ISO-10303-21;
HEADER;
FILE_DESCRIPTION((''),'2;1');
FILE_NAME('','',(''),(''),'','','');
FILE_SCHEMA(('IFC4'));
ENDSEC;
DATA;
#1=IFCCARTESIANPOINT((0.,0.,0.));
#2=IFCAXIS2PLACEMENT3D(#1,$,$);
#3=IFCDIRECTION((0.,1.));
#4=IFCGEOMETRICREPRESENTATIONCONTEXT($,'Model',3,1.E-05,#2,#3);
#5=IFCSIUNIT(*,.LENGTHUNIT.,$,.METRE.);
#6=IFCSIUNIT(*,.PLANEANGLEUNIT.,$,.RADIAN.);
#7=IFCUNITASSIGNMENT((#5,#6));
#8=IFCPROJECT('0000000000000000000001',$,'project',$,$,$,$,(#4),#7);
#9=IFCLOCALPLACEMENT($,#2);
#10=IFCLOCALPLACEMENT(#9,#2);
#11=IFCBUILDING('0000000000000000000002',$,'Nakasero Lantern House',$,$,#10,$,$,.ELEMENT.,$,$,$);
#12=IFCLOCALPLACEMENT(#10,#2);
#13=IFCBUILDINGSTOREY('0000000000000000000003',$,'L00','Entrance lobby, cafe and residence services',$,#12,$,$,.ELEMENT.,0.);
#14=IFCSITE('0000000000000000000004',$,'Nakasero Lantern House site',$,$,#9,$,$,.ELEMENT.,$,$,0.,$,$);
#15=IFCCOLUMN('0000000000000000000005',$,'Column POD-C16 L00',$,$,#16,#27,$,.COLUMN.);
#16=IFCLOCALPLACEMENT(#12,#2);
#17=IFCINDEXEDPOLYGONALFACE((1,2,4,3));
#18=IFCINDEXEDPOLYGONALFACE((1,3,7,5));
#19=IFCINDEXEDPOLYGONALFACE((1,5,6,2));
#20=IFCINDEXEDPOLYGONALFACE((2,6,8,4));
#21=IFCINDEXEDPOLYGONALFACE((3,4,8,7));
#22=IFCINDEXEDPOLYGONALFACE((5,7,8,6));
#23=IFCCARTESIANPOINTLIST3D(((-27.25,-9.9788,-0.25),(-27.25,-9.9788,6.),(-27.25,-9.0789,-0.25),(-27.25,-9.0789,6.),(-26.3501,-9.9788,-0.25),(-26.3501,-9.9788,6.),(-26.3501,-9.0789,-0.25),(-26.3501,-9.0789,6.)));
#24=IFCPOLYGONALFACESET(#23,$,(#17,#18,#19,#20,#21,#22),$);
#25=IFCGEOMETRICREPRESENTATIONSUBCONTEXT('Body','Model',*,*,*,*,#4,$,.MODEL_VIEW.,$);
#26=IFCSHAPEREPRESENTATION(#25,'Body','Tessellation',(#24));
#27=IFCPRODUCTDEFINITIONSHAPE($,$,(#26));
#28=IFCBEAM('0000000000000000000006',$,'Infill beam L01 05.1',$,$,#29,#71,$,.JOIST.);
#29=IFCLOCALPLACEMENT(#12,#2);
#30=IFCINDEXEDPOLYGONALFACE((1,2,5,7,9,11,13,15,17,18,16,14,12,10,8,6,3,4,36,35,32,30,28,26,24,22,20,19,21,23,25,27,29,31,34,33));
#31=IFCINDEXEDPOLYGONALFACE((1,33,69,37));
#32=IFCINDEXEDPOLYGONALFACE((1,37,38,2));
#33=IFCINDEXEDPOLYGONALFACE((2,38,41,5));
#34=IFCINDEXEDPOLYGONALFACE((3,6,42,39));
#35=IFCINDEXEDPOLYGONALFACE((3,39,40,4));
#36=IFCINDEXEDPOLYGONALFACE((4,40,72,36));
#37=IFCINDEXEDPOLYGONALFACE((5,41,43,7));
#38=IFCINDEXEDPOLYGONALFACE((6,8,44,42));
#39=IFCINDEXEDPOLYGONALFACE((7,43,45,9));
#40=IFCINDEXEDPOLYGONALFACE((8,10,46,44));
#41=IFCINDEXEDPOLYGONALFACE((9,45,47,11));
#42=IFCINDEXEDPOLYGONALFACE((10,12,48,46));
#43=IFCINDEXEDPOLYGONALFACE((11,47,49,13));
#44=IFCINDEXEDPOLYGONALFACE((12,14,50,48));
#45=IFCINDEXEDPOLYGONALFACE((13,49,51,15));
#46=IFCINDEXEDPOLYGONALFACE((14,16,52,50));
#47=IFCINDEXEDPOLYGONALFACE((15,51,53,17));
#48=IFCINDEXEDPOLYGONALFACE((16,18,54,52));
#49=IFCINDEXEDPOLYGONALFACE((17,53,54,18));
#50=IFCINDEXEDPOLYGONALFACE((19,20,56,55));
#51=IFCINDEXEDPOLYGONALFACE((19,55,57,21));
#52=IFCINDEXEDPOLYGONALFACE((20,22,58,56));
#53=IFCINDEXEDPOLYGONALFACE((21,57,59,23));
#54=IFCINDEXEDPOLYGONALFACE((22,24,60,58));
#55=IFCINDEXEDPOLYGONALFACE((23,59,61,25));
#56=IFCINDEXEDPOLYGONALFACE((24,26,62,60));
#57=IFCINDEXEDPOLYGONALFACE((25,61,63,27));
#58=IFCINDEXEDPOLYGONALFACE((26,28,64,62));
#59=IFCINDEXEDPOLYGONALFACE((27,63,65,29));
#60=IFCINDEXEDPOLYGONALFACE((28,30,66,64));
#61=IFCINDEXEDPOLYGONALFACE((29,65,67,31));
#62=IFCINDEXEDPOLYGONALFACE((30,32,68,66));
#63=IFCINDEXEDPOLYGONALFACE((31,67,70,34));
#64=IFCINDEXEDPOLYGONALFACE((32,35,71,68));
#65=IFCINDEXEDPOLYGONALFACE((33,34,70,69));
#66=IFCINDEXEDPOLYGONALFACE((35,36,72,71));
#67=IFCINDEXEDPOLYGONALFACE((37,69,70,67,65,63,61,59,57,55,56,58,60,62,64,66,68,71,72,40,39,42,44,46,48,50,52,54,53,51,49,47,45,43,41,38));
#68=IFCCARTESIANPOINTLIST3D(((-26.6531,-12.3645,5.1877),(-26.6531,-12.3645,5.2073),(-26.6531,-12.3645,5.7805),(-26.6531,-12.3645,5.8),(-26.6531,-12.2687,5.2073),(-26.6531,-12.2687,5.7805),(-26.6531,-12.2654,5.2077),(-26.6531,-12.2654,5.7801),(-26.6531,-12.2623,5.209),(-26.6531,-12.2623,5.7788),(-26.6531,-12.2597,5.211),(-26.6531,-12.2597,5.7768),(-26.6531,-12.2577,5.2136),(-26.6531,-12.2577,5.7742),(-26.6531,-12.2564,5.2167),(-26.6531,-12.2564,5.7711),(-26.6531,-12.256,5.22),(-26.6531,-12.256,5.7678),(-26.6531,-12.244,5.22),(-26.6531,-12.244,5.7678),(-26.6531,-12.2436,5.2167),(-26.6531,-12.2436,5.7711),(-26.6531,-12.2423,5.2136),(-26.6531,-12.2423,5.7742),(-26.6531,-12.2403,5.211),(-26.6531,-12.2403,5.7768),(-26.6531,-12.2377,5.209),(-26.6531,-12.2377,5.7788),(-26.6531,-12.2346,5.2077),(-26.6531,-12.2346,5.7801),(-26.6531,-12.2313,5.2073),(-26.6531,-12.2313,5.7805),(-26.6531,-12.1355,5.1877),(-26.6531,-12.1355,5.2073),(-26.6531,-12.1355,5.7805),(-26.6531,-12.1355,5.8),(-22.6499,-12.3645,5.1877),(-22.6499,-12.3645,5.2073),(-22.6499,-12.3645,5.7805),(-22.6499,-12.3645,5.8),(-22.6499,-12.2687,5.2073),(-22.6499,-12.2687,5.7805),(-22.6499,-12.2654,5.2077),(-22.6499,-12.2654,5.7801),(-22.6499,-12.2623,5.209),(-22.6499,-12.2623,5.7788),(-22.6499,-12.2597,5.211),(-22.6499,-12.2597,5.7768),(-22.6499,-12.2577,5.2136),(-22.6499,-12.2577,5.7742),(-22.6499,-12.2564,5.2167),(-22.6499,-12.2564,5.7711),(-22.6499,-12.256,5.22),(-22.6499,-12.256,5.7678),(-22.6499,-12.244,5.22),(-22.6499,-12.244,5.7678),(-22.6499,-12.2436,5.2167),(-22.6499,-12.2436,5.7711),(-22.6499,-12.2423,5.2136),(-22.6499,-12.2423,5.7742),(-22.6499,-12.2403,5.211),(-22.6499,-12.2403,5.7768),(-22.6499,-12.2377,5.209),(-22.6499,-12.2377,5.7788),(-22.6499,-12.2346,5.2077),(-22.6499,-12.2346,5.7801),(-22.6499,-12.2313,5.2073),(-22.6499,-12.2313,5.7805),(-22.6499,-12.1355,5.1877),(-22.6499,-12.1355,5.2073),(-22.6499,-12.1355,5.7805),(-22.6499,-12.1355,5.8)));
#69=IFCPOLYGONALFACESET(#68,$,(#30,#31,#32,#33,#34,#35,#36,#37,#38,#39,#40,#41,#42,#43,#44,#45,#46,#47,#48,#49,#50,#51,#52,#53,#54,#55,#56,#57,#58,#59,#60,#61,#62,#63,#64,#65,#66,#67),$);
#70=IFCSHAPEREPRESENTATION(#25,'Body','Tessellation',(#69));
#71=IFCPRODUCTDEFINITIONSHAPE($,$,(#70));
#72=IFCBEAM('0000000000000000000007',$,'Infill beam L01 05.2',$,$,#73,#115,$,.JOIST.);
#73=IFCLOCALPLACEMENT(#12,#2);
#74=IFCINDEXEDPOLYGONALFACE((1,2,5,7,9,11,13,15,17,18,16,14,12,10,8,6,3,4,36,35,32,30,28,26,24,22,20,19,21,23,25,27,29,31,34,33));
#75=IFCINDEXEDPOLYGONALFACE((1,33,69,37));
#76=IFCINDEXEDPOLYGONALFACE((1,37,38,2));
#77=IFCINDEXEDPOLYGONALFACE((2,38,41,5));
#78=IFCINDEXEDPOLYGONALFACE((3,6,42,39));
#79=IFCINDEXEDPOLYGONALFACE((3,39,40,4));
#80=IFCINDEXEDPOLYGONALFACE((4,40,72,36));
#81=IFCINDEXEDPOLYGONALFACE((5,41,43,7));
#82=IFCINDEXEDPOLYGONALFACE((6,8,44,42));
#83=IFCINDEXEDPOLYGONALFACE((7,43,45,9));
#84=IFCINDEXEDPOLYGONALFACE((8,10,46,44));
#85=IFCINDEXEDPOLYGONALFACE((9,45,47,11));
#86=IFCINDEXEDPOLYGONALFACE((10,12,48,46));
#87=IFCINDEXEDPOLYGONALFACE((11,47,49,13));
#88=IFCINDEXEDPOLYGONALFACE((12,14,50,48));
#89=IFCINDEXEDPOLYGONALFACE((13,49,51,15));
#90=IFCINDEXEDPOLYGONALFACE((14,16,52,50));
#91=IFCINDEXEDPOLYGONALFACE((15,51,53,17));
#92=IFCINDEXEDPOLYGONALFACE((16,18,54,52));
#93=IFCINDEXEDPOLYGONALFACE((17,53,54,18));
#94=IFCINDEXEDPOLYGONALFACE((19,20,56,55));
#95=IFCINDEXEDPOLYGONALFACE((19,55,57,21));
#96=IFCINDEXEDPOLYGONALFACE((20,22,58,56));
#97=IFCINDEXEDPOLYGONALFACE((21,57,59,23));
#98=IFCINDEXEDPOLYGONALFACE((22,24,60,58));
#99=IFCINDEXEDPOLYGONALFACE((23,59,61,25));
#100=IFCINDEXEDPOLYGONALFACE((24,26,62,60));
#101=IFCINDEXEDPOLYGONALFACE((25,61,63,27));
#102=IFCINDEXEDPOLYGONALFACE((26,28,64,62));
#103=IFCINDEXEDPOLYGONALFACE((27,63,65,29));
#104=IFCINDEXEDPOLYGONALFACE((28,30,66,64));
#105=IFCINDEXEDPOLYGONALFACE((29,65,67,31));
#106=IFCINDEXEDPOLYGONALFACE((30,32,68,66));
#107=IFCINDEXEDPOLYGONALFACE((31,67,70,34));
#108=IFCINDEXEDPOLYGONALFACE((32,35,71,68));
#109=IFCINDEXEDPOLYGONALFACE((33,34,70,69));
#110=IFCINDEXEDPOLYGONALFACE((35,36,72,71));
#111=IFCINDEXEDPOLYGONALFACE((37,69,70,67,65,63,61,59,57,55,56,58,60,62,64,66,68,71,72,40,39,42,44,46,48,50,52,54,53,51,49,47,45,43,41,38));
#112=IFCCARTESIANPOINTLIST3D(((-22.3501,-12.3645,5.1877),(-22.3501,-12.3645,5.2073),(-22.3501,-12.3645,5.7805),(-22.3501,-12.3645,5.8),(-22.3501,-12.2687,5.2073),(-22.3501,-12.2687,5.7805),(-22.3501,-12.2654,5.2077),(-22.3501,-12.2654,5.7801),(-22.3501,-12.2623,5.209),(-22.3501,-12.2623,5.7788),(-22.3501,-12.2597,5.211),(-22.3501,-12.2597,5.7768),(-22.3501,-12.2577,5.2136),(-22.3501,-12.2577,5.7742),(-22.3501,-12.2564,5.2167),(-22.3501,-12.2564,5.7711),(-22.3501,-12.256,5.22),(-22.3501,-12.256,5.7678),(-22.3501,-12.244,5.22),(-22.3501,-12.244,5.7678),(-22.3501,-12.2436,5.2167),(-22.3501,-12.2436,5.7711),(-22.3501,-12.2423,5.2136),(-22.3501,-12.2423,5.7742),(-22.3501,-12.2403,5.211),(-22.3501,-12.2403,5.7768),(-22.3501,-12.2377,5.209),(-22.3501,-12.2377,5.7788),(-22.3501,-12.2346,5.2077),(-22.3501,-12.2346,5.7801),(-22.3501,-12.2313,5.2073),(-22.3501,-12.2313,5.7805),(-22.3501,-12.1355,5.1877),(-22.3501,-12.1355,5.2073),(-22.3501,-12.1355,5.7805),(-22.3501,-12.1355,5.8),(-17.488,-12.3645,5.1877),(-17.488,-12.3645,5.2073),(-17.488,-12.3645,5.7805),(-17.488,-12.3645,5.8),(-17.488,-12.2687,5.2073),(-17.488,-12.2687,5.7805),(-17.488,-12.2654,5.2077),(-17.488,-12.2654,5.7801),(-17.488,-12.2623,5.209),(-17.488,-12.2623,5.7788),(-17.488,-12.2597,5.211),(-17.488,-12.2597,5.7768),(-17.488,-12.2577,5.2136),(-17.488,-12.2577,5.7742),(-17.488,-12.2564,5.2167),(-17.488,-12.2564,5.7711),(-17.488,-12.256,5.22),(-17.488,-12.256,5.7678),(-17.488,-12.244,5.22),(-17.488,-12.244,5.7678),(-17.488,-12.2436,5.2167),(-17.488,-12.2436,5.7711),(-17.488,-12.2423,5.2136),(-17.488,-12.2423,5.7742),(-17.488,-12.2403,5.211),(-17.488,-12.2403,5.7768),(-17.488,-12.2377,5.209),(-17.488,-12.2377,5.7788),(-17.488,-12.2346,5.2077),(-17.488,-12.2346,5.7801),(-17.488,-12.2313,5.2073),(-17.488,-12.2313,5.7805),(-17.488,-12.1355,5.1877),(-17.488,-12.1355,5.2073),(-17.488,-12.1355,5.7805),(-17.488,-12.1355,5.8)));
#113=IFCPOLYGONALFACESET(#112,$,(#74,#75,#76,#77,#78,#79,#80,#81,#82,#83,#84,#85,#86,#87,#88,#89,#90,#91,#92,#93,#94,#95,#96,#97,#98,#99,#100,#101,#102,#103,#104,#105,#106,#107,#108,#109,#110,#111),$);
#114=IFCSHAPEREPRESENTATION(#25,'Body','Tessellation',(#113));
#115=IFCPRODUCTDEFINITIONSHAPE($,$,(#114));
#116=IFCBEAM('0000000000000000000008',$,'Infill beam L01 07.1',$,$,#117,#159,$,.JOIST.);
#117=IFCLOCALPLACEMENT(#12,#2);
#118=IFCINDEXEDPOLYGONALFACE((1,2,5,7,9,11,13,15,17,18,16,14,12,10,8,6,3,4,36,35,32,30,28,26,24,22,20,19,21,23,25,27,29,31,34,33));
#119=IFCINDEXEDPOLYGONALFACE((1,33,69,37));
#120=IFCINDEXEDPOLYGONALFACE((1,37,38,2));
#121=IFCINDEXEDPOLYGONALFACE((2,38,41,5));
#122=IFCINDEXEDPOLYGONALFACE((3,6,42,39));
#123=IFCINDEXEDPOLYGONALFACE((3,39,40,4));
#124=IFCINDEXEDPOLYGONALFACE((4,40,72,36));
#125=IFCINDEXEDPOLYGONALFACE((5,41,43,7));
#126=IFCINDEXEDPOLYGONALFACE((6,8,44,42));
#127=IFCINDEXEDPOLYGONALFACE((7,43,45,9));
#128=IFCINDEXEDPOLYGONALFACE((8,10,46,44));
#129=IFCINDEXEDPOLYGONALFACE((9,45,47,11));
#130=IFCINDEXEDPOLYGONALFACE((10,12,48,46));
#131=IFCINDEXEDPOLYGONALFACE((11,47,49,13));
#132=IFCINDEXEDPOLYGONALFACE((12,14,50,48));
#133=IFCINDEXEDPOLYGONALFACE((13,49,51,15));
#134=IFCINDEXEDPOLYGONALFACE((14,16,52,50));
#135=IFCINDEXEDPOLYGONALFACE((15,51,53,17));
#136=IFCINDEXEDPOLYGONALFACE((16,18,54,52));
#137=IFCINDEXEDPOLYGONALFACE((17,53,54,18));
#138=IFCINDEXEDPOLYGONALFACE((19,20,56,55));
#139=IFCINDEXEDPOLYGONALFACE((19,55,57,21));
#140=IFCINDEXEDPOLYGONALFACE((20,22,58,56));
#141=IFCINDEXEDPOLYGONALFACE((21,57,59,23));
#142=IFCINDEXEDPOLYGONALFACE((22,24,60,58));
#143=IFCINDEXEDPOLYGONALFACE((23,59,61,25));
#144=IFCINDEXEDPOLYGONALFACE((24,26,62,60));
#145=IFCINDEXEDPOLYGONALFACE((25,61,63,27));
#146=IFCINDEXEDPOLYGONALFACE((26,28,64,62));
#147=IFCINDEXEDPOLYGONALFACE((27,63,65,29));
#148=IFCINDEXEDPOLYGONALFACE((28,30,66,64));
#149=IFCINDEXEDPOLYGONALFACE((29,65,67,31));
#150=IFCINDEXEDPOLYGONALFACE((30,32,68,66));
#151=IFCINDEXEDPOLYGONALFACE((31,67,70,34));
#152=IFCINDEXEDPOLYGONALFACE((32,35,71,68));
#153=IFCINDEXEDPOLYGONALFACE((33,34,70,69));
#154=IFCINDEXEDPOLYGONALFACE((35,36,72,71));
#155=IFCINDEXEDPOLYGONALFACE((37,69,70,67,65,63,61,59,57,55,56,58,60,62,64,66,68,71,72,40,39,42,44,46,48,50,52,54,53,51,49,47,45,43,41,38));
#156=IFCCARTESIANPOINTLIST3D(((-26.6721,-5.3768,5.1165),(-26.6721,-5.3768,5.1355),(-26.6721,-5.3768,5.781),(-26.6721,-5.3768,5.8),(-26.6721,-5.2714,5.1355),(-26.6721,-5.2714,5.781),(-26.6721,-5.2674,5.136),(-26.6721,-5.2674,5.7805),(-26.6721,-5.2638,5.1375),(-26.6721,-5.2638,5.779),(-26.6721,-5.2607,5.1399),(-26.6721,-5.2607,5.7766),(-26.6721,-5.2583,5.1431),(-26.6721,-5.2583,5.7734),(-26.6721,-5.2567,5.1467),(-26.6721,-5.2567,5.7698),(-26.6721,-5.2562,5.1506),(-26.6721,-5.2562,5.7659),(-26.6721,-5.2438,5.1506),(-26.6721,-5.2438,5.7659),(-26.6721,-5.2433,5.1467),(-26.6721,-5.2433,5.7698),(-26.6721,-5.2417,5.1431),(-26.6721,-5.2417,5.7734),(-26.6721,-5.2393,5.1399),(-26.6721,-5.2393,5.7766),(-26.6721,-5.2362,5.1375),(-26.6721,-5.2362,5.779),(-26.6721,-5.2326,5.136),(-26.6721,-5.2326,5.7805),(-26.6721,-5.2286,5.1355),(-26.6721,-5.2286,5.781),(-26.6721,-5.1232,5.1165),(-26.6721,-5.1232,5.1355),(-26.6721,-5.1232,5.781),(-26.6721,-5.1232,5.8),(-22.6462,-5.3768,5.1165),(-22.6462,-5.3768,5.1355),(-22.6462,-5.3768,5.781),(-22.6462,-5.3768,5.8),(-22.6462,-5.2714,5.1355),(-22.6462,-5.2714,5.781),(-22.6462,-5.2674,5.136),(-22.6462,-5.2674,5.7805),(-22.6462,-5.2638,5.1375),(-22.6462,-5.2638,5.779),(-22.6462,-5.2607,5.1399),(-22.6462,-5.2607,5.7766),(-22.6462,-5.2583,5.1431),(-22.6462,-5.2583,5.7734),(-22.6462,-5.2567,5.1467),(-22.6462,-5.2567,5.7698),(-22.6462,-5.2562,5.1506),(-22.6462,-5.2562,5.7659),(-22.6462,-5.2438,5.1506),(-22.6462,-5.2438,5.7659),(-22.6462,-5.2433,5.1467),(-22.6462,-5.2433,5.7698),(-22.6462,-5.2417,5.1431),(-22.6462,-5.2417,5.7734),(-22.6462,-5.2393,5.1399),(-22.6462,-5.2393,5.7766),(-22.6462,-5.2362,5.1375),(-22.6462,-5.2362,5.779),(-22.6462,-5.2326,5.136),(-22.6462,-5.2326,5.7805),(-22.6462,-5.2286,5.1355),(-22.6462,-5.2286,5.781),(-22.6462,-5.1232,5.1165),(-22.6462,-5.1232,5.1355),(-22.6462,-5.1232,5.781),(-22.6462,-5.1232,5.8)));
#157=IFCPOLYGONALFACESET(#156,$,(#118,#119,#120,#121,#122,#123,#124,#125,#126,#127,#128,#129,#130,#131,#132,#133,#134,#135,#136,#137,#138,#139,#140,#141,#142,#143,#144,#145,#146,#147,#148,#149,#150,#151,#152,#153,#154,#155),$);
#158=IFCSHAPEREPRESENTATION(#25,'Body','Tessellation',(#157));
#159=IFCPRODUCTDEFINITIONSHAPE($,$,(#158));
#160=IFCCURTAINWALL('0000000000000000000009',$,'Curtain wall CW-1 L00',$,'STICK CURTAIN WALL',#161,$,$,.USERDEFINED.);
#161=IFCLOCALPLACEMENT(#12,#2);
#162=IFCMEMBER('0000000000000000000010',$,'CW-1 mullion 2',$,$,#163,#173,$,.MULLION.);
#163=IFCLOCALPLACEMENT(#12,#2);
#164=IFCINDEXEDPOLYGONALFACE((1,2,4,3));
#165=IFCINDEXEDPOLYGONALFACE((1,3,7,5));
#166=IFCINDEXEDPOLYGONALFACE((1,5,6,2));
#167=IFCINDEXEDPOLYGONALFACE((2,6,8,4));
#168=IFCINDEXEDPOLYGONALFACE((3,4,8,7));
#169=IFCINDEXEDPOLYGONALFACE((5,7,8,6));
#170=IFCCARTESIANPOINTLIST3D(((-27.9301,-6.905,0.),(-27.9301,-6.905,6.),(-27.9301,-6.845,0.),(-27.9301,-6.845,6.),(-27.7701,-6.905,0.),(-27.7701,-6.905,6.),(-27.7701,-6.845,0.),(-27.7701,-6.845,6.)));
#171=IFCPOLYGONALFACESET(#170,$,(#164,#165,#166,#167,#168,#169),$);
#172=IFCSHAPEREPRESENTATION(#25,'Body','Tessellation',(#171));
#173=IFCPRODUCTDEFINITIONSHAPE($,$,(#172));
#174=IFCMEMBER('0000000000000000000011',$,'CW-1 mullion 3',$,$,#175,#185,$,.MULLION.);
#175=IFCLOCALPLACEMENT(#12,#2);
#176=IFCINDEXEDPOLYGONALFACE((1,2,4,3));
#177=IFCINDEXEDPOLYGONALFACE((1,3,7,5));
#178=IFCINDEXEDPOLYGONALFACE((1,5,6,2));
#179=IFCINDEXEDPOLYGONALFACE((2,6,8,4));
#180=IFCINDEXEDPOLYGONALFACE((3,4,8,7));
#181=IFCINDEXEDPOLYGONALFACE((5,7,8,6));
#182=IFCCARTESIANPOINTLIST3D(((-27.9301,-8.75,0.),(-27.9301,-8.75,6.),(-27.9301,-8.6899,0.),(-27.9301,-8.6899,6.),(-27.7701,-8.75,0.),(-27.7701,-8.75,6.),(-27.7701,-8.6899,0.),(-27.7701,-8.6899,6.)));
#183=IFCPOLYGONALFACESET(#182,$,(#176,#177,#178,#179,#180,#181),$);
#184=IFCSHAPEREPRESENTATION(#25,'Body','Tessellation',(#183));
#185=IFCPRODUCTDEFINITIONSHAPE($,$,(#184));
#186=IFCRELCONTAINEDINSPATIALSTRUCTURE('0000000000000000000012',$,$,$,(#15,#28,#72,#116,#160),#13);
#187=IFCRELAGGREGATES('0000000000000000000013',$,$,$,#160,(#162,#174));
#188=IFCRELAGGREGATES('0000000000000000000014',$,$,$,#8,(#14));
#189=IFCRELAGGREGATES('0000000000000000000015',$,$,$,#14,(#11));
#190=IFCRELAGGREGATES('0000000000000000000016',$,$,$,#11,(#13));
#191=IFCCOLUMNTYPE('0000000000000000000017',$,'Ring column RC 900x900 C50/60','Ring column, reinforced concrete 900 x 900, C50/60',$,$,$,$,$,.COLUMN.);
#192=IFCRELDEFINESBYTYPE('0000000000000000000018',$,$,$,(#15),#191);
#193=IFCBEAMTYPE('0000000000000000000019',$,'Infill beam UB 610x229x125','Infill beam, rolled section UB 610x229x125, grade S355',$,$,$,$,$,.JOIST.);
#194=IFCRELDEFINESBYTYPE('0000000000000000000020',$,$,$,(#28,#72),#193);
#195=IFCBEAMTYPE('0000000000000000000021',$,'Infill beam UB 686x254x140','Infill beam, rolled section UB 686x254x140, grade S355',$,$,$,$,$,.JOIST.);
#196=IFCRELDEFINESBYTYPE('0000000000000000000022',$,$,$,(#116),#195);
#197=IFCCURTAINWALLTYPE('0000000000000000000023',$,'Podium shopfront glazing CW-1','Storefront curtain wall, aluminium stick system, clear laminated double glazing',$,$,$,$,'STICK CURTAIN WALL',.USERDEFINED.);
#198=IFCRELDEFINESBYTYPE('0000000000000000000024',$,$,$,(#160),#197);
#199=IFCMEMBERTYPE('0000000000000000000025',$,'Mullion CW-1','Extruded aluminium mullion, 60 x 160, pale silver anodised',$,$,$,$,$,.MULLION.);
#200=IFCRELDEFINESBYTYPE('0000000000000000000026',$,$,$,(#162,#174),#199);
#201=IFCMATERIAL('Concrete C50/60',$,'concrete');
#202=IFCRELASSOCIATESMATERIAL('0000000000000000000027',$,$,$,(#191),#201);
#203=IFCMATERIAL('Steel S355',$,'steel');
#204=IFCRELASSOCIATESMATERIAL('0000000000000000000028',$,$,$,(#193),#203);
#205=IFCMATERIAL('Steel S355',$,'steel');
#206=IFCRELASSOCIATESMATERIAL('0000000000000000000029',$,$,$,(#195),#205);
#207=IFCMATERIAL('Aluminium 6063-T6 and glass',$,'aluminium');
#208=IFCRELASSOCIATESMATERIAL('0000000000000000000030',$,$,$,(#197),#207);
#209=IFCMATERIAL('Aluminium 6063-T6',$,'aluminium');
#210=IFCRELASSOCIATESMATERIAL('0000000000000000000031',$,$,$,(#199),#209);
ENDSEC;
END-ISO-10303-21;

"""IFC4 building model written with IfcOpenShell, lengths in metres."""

from ifc_helpers import new_model, si_unit, direction, frame, origin, origin_2d, place, context, subcontext, project, spatial, rectangle, i_section, extrude, material, material_profile, profile_set, type_object, element, aggregate, save


model = new_model("IFC4")

# Units and contexts
model_context = context("Model", 3, precision=1e-05, world=origin(), true_north=direction((0.0, 1.0)))
body_context = subcontext(model_context, "Body", "Model", "MODEL_VIEW")
ifc_project = project(units=[si_unit("LENGTHUNIT", "METRE"), si_unit("PLANEANGLEUNIT", "RADIAN")], contexts=[model_context])

# Site, building, storey
site_placement = place(None, origin())
site = spatial("IfcSite", under=ifc_project, at=site_placement, Name="Nakasero Lantern House site", CompositionType="ELEMENT", RefElevation=0.0)
building_placement = place(site_placement, origin())
building = spatial("IfcBuilding", under=site, at=building_placement, Name="Nakasero Lantern House", CompositionType="ELEMENT")
storey_placement = place(building_placement, origin())
storey = spatial("IfcBuildingStorey", under=building, at=storey_placement, Name="L00", Description="Entrance lobby, cafe and residence services", CompositionType="ELEMENT", Elevation=0.0)

# Column
ifc_material_1 = material(Name="Concrete C50/60", Category="concrete")
ifc_material_profile_1 = material_profile(ifc_material_1, rectangle(XDim=0.8999, YDim=0.8999, at=origin_2d()), Name="RC 900x900")
ifc_profile_set_1 = profile_set([ifc_material_profile_1], Name="Concrete C50/60")
column_type_1 = type_object("IfcColumnType", Name="Ring column RC 900x900 C50/60", Description="Ring column, reinforced concrete 900 x 900, C50/60", PredefinedType="COLUMN", material=ifc_profile_set_1)
column_1_placement = place(storey_placement, frame((-26.8, -9.5288, -0.25), z_axis=(0.0, 0.0, 1.0), x_axis=(1.0, 0.0, 0.0)))
element("IfcColumn", 1, at=column_1_placement, inside=storey, type_object=column_type_1, Name="Column POD-C16 L00", PredefinedType="COLUMN", context=body_context, shape_type="SweptSolid", body=[
    extrude(rectangle(XDim=0.8999, YDim=0.8999, at=origin_2d()), origin(), (0.0, 0.0, 1.0), 6.25),
])

# Beams
ifc_material_2 = material(Name="Steel S355", Category="steel")
ifc_material_profile_2 = material_profile(ifc_material_2, i_section(OverallWidth=0.229, OverallDepth=0.6123, WebThickness=0.012, FlangeThickness=0.0195, FilletRadius=0.0127, at=origin_2d()), Name="UB 610x229x125")
ifc_profile_set_2 = profile_set([ifc_material_profile_2], Name="Steel S355")
beam_type_1 = type_object("IfcBeamType", Name="Infill beam UB 610x229x125", Description="Infill beam, rolled section UB 610x229x125, grade S355", PredefinedType="JOIST", material=ifc_profile_set_2)
beam_1_placement = place(storey_placement, frame((-26.6531, -12.25, 5.4939), z_axis=(1.0, 0.0, 0.0), x_axis=(0.0, 1.0, 0.0)))
element("IfcBeam", 2, at=beam_1_placement, inside=storey, type_object=beam_type_1, Name="Infill beam L01 05.1", PredefinedType="JOIST", context=body_context, shape_type="SweptSolid", body=[
    extrude(i_section(OverallWidth=0.229, OverallDepth=0.6123, WebThickness=0.012, FlangeThickness=0.0195, FilletRadius=0.0127, at=origin_2d()), origin(), (0.0, 0.0, 1.0), 4.0032),
])
beam_2_placement = place(storey_placement, frame((-22.3501, -12.25, 5.4939), z_axis=(1.0, 0.0, 0.0), x_axis=(0.0, 1.0, 0.0)))
element("IfcBeam", 3, at=beam_2_placement, inside=storey, type_object=beam_type_1, Name="Infill beam L01 05.2", PredefinedType="JOIST", context=body_context, shape_type="SweptSolid", body=[
    extrude(i_section(OverallWidth=0.229, OverallDepth=0.6123, WebThickness=0.012, FlangeThickness=0.0195, FilletRadius=0.0127, at=origin_2d()), origin(), (0.0, 0.0, 1.0), 4.8621),
])
ifc_material_3 = material(Name="Steel S355", Category="steel")
ifc_material_profile_3 = material_profile(ifc_material_3, i_section(OverallWidth=0.2537, OverallDepth=0.6836, WebThickness=0.0125, FlangeThickness=0.019, FilletRadius=0.0151, at=origin_2d()), Name="UB 686x254x140")
ifc_profile_set_3 = profile_set([ifc_material_profile_3], Name="Steel S355")
beam_type_2 = type_object("IfcBeamType", Name="Infill beam UB 686x254x140", Description="Infill beam, rolled section UB 686x254x140, grade S355", PredefinedType="JOIST", material=ifc_profile_set_3)
beam_3_placement = place(storey_placement, frame((-26.6721, -5.25, 5.4583), z_axis=(1.0, 0.0, 0.0), x_axis=(0.0, 1.0, 0.0)))
element("IfcBeam", 4, at=beam_3_placement, inside=storey, type_object=beam_type_2, Name="Infill beam L01 07.1", PredefinedType="JOIST", context=body_context, shape_type="SweptSolid", body=[
    extrude(i_section(OverallWidth=0.2537, OverallDepth=0.6836, WebThickness=0.0125, FlangeThickness=0.019, FilletRadius=0.0151, at=origin_2d()), origin(), (0.0, 0.0, 1.0), 4.0259),
])

# Curtain wall, members
ifc_material_4 = material(Name="Aluminium 6063-T6 and glass", Category="aluminium")
curtain_wall_type = type_object("IfcCurtainWallType", Name="Podium shopfront glazing CW-1", Description="Storefront curtain wall, aluminium stick system, clear laminated double glazing", ElementType="STICK CURTAIN WALL", PredefinedType="USERDEFINED", material=ifc_material_4)
curtain_wall_1_placement = place(storey_placement, origin())
curtain_wall_1 = element("IfcCurtainWall", 5, at=curtain_wall_1_placement, inside=storey, type_object=curtain_wall_type, Name="Curtain wall CW-1 L00", ObjectType="STICK CURTAIN WALL", PredefinedType="USERDEFINED")
ifc_material_5 = material(Name="Aluminium 6063-T6", Category="aluminium")
ifc_material_profile_4 = material_profile(ifc_material_5, rectangle(XDim=0.0601, YDim=0.1599, at=origin_2d()), Name="CW-1 mullion 60x160")
ifc_profile_set_4 = profile_set([ifc_material_profile_4], Name="Aluminium 6063-T6")
member_type_1 = type_object("IfcMemberType", Name="Mullion CW-1", Description="Extruded aluminium mullion, 60 x 160, pale silver anodised", PredefinedType="MULLION", material=ifc_profile_set_4)
member_1_placement = place(storey_placement, frame((-27.8501, -6.875, 0.0), z_axis=(0.0, 0.0, 1.0), x_axis=(0.0, -1.0, 0.0)))
member_1 = element("IfcMember", 6, at=member_1_placement, type_object=member_type_1, Name="CW-1 mullion 2", PredefinedType="MULLION", context=body_context, shape_type="SweptSolid", body=[
    extrude(rectangle(XDim=0.0601, YDim=0.1599, at=origin_2d()), origin(), (0.0, 0.0, 1.0), 6.0),
])
member_2_placement = place(storey_placement, frame((-27.8501, -8.72, 0.0), z_axis=(0.0, 0.0, 1.0), x_axis=(0.0, -1.0, 0.0)))
member_2 = element("IfcMember", 7, at=member_2_placement, type_object=member_type_1, Name="CW-1 mullion 3", PredefinedType="MULLION", context=body_context, shape_type="SweptSolid", body=[
    extrude(rectangle(XDim=0.0601, YDim=0.1599, at=origin_2d()), origin(), (0.0, 0.0, 1.0), 6.0),
])

aggregate(curtain_wall_1, [member_1, member_2])

save(model, "model.ifc")
